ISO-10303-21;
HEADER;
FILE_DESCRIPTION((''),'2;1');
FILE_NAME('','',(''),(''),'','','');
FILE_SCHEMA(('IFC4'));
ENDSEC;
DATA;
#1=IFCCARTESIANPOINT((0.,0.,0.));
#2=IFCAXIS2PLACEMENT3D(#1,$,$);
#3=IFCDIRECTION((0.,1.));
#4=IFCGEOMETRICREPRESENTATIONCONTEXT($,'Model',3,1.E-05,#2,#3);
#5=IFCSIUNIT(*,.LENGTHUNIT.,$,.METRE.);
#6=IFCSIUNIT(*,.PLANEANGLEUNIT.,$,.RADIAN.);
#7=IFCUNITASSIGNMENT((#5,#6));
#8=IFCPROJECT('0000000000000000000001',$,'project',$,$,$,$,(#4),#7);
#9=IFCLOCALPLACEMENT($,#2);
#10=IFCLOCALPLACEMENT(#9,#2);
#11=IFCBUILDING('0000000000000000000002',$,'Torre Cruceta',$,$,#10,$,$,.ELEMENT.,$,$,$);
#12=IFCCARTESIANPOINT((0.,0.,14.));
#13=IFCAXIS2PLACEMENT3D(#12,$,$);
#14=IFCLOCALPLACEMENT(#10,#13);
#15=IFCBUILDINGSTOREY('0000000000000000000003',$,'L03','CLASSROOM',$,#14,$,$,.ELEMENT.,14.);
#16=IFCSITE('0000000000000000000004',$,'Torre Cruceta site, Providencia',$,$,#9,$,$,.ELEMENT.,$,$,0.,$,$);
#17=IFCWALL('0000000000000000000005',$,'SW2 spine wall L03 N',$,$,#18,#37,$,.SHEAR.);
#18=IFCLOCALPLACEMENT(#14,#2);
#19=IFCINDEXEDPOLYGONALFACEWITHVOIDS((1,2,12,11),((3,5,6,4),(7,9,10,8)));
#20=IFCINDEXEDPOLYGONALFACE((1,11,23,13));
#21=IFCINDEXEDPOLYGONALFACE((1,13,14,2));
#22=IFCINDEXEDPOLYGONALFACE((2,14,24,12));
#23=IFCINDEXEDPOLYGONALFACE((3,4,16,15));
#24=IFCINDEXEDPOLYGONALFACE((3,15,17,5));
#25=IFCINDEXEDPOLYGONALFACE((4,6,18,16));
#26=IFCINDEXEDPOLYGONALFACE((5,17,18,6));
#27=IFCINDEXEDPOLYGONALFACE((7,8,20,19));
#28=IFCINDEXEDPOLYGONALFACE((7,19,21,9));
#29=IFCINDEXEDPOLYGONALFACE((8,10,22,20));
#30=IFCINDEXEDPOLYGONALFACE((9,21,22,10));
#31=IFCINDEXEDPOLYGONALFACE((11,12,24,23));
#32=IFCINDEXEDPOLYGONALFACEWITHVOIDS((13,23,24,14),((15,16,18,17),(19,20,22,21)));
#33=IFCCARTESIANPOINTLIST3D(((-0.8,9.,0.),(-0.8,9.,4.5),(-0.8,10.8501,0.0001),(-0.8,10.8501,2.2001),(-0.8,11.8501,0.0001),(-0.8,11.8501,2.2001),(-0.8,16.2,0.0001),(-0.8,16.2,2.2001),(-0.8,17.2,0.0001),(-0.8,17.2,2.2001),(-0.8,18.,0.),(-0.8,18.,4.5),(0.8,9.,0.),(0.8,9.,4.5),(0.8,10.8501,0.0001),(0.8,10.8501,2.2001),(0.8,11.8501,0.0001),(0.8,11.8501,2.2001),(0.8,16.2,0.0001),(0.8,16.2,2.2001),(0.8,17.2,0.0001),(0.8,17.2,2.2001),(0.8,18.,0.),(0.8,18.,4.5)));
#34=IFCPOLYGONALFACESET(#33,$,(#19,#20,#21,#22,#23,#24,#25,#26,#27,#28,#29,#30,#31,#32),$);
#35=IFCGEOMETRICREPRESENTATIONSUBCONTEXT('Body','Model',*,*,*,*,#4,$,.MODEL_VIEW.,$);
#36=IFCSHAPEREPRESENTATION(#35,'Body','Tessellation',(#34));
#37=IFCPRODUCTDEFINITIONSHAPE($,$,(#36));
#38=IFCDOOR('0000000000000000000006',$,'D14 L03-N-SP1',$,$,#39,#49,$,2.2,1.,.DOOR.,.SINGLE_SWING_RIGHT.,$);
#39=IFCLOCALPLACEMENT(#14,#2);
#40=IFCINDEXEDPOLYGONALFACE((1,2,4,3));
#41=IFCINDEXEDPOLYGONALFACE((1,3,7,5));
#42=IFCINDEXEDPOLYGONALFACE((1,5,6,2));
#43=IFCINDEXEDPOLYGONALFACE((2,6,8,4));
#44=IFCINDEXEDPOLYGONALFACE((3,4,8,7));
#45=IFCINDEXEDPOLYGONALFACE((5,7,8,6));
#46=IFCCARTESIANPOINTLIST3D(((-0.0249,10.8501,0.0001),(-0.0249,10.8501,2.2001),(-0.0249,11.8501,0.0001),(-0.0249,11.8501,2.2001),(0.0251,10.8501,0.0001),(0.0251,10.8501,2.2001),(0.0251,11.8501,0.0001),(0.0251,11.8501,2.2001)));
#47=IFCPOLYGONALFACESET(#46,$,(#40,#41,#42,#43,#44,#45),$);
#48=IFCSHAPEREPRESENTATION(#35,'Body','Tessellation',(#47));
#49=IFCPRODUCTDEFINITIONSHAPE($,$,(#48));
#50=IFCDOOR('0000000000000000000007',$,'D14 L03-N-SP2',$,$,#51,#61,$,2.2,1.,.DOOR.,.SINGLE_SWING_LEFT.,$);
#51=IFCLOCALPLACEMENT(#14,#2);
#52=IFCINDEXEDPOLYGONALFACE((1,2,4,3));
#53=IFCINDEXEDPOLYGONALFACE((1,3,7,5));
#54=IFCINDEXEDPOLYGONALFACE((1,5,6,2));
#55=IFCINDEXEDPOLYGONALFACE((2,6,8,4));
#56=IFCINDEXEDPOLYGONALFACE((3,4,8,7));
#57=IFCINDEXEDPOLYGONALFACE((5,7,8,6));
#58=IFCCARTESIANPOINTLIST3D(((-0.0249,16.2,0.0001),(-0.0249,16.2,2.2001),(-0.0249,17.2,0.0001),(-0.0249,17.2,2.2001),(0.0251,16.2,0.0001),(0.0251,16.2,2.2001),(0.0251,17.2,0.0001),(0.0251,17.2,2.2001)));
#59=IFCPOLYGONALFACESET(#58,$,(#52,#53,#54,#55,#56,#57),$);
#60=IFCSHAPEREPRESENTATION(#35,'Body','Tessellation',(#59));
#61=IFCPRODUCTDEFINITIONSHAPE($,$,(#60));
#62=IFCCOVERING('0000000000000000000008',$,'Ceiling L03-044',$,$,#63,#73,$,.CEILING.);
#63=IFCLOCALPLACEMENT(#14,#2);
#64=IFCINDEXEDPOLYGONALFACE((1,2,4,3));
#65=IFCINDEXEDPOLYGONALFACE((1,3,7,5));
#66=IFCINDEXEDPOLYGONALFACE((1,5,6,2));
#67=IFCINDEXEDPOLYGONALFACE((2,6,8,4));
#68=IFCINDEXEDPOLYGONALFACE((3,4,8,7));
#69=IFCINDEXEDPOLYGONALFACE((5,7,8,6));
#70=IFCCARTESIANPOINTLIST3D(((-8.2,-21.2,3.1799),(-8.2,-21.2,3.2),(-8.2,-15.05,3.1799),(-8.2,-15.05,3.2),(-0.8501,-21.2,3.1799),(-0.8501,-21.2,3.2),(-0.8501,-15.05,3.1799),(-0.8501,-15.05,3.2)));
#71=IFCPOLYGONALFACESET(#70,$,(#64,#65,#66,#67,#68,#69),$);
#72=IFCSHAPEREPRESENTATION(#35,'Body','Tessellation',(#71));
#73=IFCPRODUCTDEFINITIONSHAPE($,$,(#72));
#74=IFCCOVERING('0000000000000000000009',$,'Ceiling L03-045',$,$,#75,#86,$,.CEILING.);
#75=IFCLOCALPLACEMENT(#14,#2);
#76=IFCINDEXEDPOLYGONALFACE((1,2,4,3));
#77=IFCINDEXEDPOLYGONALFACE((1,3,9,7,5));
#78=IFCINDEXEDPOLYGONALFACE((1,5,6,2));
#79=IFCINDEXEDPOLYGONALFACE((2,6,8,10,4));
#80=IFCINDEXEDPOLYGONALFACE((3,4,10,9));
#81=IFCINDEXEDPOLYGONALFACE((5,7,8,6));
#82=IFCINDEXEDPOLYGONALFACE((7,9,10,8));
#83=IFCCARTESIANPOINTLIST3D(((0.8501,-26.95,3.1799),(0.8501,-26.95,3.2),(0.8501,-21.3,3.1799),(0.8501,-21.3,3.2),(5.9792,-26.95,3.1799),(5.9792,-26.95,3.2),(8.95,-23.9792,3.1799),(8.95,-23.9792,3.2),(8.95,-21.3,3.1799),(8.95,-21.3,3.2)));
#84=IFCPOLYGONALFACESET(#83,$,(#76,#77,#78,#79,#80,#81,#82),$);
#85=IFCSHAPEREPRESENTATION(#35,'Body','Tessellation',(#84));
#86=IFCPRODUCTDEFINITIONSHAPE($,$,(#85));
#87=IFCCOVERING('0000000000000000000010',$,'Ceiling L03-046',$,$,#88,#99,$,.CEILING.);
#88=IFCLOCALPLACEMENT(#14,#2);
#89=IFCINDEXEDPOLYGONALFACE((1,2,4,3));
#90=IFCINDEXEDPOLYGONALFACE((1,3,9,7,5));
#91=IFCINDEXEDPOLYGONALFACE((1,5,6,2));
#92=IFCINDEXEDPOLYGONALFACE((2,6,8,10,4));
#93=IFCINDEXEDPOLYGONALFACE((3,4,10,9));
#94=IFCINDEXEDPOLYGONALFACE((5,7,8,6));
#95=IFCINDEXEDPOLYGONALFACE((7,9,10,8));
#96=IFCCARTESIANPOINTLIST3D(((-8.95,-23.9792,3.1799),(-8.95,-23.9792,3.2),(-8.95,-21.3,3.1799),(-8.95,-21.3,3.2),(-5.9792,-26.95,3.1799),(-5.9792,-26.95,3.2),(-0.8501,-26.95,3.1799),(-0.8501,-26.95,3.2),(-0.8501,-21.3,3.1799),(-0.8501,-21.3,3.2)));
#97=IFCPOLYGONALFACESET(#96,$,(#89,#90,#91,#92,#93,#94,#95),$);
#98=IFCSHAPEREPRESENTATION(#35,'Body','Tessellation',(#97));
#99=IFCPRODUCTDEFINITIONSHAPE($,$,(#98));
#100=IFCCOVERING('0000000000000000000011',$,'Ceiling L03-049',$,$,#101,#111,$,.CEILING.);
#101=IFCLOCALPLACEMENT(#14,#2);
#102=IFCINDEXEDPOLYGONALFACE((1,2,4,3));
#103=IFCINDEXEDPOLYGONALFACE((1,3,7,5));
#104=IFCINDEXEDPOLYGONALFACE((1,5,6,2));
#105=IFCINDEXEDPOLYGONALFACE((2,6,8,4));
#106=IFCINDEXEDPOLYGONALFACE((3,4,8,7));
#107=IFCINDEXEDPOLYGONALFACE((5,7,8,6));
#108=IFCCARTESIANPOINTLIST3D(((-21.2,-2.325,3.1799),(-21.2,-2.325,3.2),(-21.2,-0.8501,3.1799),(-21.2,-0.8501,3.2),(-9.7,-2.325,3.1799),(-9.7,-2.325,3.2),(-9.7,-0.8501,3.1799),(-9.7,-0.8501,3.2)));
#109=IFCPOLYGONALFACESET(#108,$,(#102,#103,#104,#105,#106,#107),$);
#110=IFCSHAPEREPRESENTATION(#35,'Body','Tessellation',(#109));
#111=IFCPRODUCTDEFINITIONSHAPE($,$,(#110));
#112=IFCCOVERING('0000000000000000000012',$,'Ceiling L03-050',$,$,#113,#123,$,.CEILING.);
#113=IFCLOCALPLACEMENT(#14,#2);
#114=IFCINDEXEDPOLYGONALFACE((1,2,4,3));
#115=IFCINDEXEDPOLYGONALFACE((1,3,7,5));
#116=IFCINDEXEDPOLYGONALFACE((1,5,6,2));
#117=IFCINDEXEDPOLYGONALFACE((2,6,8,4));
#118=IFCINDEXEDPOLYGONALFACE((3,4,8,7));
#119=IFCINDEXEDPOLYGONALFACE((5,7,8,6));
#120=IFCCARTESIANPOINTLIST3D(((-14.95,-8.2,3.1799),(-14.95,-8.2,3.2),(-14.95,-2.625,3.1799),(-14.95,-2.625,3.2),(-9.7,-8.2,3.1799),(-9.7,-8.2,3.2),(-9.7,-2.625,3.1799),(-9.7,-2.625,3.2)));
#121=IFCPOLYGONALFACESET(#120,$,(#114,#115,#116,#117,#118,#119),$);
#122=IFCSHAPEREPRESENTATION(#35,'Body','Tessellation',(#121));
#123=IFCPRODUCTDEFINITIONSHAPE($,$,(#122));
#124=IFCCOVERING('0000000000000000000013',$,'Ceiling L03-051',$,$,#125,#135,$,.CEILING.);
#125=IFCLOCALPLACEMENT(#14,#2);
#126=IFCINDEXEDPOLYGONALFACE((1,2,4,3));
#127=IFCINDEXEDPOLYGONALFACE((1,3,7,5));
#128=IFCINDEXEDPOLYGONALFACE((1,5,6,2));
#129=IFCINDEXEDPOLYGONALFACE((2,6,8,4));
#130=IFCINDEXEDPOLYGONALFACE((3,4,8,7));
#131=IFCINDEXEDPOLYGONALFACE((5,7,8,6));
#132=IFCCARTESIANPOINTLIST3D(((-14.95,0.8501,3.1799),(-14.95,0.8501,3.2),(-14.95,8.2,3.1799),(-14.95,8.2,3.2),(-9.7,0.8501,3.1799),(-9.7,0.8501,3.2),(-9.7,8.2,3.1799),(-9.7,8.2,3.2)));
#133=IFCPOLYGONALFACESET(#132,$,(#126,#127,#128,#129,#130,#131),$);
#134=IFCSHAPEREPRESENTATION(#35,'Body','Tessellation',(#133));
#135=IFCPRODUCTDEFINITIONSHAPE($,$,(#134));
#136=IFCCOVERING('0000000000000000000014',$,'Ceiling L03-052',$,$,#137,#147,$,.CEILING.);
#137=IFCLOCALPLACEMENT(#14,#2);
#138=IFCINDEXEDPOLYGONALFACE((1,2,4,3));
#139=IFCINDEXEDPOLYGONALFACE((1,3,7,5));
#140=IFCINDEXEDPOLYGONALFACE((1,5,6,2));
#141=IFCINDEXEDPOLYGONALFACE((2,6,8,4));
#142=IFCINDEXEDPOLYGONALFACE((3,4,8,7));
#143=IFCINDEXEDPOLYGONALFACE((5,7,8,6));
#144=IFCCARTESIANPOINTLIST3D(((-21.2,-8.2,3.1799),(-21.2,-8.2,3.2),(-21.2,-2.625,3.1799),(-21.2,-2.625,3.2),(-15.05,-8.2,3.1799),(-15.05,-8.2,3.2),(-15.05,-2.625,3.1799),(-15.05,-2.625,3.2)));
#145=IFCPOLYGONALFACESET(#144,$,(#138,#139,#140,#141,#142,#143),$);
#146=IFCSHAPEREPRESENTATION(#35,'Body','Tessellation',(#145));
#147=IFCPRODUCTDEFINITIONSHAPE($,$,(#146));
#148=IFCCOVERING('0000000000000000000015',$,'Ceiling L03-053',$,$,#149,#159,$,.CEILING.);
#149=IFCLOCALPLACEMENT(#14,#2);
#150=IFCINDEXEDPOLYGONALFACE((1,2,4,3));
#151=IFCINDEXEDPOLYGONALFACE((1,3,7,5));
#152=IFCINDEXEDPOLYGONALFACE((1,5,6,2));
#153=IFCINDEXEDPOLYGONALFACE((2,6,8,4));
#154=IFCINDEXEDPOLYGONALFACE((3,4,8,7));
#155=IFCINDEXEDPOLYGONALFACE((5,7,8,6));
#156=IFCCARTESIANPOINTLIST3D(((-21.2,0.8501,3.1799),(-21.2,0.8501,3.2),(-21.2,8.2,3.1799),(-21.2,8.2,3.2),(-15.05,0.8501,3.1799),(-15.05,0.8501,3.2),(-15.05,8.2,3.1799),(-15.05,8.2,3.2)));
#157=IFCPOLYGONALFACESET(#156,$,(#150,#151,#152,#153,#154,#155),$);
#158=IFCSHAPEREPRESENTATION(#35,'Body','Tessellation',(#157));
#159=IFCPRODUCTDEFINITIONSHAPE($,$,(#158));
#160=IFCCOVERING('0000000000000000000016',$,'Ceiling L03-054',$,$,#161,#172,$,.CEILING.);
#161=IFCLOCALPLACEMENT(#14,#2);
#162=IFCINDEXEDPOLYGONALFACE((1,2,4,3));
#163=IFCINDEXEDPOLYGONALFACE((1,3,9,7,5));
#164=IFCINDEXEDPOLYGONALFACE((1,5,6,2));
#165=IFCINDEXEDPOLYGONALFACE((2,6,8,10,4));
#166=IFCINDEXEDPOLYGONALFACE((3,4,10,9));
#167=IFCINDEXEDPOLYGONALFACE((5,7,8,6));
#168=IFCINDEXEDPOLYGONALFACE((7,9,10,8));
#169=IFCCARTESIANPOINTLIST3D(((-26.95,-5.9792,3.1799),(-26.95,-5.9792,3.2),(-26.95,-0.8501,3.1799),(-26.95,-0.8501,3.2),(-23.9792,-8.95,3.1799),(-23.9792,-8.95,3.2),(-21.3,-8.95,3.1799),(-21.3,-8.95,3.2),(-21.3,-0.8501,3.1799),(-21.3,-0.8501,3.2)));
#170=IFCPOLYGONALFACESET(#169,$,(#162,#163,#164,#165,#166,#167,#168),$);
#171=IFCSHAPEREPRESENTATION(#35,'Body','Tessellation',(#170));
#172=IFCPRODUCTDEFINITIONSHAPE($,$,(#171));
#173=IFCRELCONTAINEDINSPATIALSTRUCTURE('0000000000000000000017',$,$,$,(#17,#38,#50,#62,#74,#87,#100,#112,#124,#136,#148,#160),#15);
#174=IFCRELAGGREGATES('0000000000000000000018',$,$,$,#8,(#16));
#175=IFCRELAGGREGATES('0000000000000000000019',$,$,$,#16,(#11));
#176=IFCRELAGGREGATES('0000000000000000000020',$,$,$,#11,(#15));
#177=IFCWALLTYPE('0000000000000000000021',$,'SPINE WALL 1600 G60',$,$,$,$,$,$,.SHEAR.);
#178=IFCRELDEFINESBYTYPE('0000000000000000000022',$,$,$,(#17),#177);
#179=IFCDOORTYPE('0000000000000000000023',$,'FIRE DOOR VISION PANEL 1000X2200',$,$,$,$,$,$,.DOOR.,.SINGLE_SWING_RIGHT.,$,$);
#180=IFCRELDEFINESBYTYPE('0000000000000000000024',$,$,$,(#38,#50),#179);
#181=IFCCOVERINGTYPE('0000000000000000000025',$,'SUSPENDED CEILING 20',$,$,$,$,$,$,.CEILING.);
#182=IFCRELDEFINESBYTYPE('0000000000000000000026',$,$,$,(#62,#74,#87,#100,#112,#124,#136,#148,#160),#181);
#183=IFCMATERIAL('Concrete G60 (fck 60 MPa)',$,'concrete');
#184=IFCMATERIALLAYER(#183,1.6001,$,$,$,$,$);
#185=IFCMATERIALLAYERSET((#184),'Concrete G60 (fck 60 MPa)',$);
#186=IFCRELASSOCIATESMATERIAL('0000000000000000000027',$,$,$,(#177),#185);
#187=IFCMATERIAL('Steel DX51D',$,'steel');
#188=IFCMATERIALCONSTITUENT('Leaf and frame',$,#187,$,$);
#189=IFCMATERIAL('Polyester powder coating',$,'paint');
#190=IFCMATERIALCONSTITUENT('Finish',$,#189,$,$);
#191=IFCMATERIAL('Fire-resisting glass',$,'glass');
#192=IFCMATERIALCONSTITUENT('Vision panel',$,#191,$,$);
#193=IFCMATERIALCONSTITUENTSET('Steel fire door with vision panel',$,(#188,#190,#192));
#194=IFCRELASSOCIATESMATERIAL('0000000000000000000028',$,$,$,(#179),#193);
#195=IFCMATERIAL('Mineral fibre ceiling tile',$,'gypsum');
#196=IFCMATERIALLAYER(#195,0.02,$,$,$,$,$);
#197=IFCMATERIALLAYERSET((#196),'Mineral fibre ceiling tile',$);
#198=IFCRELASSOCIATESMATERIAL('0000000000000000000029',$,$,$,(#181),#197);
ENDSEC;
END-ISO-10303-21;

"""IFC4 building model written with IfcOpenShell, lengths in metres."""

from ifc_helpers import new_model, si_unit, direction, frame, frame_2d, origin, place, context, subcontext, project, spatial, polyline, rectangle, outline, extrude, material, layer, layer_set, constituent, constituent_set, type_object, element, fill, save


model = new_model("IFC4")

# Units and contexts
model_context = context("Model", 3, precision=1e-05, world=origin(), true_north=direction((0.0, 1.0)))
body_context = subcontext(model_context, "Body", "Model", "MODEL_VIEW")
ifc_project = project(units=[si_unit("LENGTHUNIT", "METRE"), si_unit("PLANEANGLEUNIT", "RADIAN")], contexts=[model_context])

# Site, building, storey
site_placement = place(None, origin())
site = spatial("IfcSite", under=ifc_project, at=site_placement, Name="Torre Cruceta site, Providencia", CompositionType="ELEMENT", RefElevation=0.0)
building_placement = place(site_placement, origin())
building = spatial("IfcBuilding", under=site, at=building_placement, Name="Torre Cruceta", CompositionType="ELEMENT")
storey_placement = place(building_placement, frame((0.0, 0.0, 14.0)))
storey = spatial("IfcBuildingStorey", under=building, at=storey_placement, Name="L03", Description="CLASSROOM", CompositionType="ELEMENT", Elevation=14.0)

# Wall, openings, doors
ifc_material_1 = material(Name="Concrete G60 (fck 60 MPa)", Category="concrete")
ifc_layer_1 = layer(ifc_material_1, 1.6001)
ifc_layer_set_1 = layer_set([ifc_layer_1], Name="Concrete G60 (fck 60 MPa)")
wall_type_1 = type_object("IfcWallType", Name="SPINE WALL 1600 G60", PredefinedType="SHEAR", material=ifc_layer_set_1)
wall_1_placement = place(storey_placement, frame((0.0, 9.0, 0.0), z_axis=(0.0, 0.0, 1.0), x_axis=(0.0, 1.0, 0.0)))
wall_1 = element("IfcWall", 1, at=wall_1_placement, inside=storey, type_object=wall_type_1, Name="SW2 spine wall L03 N", PredefinedType="SHEAR", context=body_context, shape_type="SweptSolid", body=[
    extrude(rectangle(XDim=9.0, YDim=1.6001, at=frame_2d((4.5, 0.0))), origin(), (0.0, 0.0, 1.0), 4.5),
])
opening_1_placement = place(wall_1_placement, frame((1.8501, 0.0, 0.0)))
opening_1 = element("IfcOpeningElement", 2, at=opening_1_placement, cuts=wall_1, PredefinedType="OPENING", context=body_context, shape_type="SweptSolid", body=[
    extrude(rectangle(XDim=1.0, YDim=2.2, at=frame_2d((0.5, 1.1001))), frame((0.0, 0.8101, 0.0), z_axis=(0.0, -1.0, 0.0), x_axis=(1.0, 0.0, 0.0)), (0.0, 0.0, 1.0), 1.6201),
])
opening_2_placement = place(wall_1_placement, frame((7.2, 0.0, 0.0)))
opening_2 = element("IfcOpeningElement", 3, at=opening_2_placement, cuts=wall_1, PredefinedType="OPENING", context=body_context, shape_type="SweptSolid", body=[
    extrude(rectangle(XDim=1.0, YDim=2.2, at=frame_2d((0.5, 1.1001))), frame((0.0, 0.8101, 0.0), z_axis=(0.0, -1.0, 0.0), x_axis=(1.0, 0.0, 0.0)), (0.0, 0.0, 1.0), 1.6201),
])
ifc_material_2 = material(Name="Steel DX51D", Category="steel")
ifc_constituent_1 = constituent(ifc_material_2, Name="Leaf and frame")
ifc_material_3 = material(Name="Polyester powder coating", Category="paint")
ifc_constituent_2 = constituent(ifc_material_3, Name="Finish")
ifc_material_4 = material(Name="Fire-resisting glass", Category="glass")
ifc_constituent_3 = constituent(ifc_material_4, Name="Vision panel")
ifc_constituent_set_1 = constituent_set(constituents=[ifc_constituent_1, ifc_constituent_2, ifc_constituent_3], Name="Steel fire door with vision panel")
door_type_1 = type_object("IfcDoorType", Name="FIRE DOOR VISION PANEL 1000X2200", OperationType="SINGLE_SWING_RIGHT", PredefinedType="DOOR", material=ifc_constituent_set_1)
door_1_placement = place(opening_1_placement, frame((1.0, 0.0, 0.0), z_axis=(0.0, 0.0, 1.0), x_axis=(-1.0, 0.0, 0.0)))
door_1 = element("IfcDoor", 4, at=door_1_placement, inside=storey, type_object=door_type_1, Name="D14 L03-N-SP1", OperationType="SINGLE_SWING_RIGHT", OverallHeight=2.2, OverallWidth=1.0, PredefinedType="DOOR", context=body_context, shape_type="SweptSolid", body=[
    extrude(rectangle(XDim=1.0, YDim=2.2, at=frame_2d((0.5, 1.1001))), frame((0.0, 0.0251, 0.0), z_axis=(0.0, -1.0, 0.0), x_axis=(1.0, 0.0, 0.0)), (0.0, 0.0, 1.0), 0.05),
])
fill(opening_1, door_1)
door_2_placement = place(opening_2_placement, frame((1.0, 0.0, 0.0), z_axis=(0.0, 0.0, 1.0), x_axis=(-1.0, 0.0, 0.0)))
door_2 = element("IfcDoor", 5, at=door_2_placement, inside=storey, type_object=door_type_1, Name="D14 L03-N-SP2", OperationType="SINGLE_SWING_LEFT", OverallHeight=2.2, OverallWidth=1.0, PredefinedType="DOOR", context=body_context, shape_type="SweptSolid", body=[
    extrude(rectangle(XDim=1.0, YDim=2.2, at=frame_2d((0.5, 1.1001))), frame((0.0, 0.0251, 0.0), z_axis=(0.0, -1.0, 0.0), x_axis=(1.0, 0.0, 0.0)), (0.0, 0.0, 1.0), 0.05),
])
fill(opening_2, door_2)

# Coverings
ifc_material_5 = material(Name="Mineral fibre ceiling tile", Category="gypsum")
ifc_layer_2 = layer(ifc_material_5, 0.02)
ifc_layer_set_2 = layer_set([ifc_layer_2], Name="Mineral fibre ceiling tile")
covering_type = type_object("IfcCoveringType", Name="SUSPENDED CEILING 20", PredefinedType="CEILING", material=ifc_layer_set_2)
covering_1_placement = place(storey_placement, frame((0.0, 0.0, 3.1799)))
element("IfcCovering", 6, at=covering_1_placement, inside=storey, type_object=covering_type, Name="Ceiling L03-044", PredefinedType="CEILING", context=body_context, shape_type="SweptSolid", body=[
    extrude(outline(polyline([(-8.2, -15.05), (-0.8501, -15.05), (-0.8501, -21.2), (-8.2, -21.2), (-8.2, -15.05)])), origin(), (0.0, 0.0, 1.0), 0.02),
])
covering_2_placement = place(storey_placement, frame((0.0, 0.0, 3.1799)))
element("IfcCovering", 7, at=covering_2_placement, inside=storey, type_object=covering_type, Name="Ceiling L03-045", PredefinedType="CEILING", context=body_context, shape_type="SweptSolid", body=[
    extrude(outline(polyline([(8.95, -21.3), (8.95, -23.9792), (5.9792, -26.95), (0.8501, -26.95), (0.8501, -21.3), (8.95, -21.3)])), origin(), (0.0, 0.0, 1.0), 0.02),
])
covering_3_placement = place(storey_placement, frame((0.0, 0.0, 3.1799)))
element("IfcCovering", 8, at=covering_3_placement, inside=storey, type_object=covering_type, Name="Ceiling L03-046", PredefinedType="CEILING", context=body_context, shape_type="SweptSolid", body=[
    extrude(outline(polyline([(-5.9792, -26.95), (-8.95, -23.9792), (-8.95, -21.3), (-0.8501, -21.3), (-0.8501, -26.95), (-5.9792, -26.95)])), origin(), (0.0, 0.0, 1.0), 0.02),
])
covering_4_placement = place(storey_placement, frame((0.0, 0.0, 3.1799)))
element("IfcCovering", 9, at=covering_4_placement, inside=storey, type_object=covering_type, Name="Ceiling L03-049", PredefinedType="CEILING", context=body_context, shape_type="SweptSolid", body=[
    extrude(outline(polyline([(-9.7, -0.8501), (-9.7, -2.325), (-21.2, -2.325), (-21.2, -0.8501), (-9.7, -0.8501)])), origin(), (0.0, 0.0, 1.0), 0.02),
])
covering_5_placement = place(storey_placement, frame((0.0, 0.0, 3.1799)))
element("IfcCovering", 10, at=covering_5_placement, inside=storey, type_object=covering_type, Name="Ceiling L03-050", PredefinedType="CEILING", context=body_context, shape_type="SweptSolid", body=[
    extrude(outline(polyline([(-9.7, -2.625), (-9.7, -8.2), (-14.95, -8.2), (-14.95, -2.625), (-9.7, -2.625)])), origin(), (0.0, 0.0, 1.0), 0.02),
])
covering_6_placement = place(storey_placement, frame((0.0, 0.0, 3.1799)))
element("IfcCovering", 11, at=covering_6_placement, inside=storey, type_object=covering_type, Name="Ceiling L03-051", PredefinedType="CEILING", context=body_context, shape_type="SweptSolid", body=[
    extrude(outline(polyline([(-9.7, 8.2), (-9.7, 0.8501), (-14.95, 0.8501), (-14.95, 8.2), (-9.7, 8.2)])), origin(), (0.0, 0.0, 1.0), 0.02),
])
covering_7_placement = place(storey_placement, frame((0.0, 0.0, 3.1799)))
element("IfcCovering", 12, at=covering_7_placement, inside=storey, type_object=covering_type, Name="Ceiling L03-052", PredefinedType="CEILING", context=body_context, shape_type="SweptSolid", body=[
    extrude(outline(polyline([(-15.05, -2.625), (-15.05, -8.2), (-21.2, -8.2), (-21.2, -2.625), (-15.05, -2.625)])), origin(), (0.0, 0.0, 1.0), 0.02),
])
covering_8_placement = place(storey_placement, frame((0.0, 0.0, 3.1799)))
element("IfcCovering", 13, at=covering_8_placement, inside=storey, type_object=covering_type, Name="Ceiling L03-053", PredefinedType="CEILING", context=body_context, shape_type="SweptSolid", body=[
    extrude(outline(polyline([(-15.05, 8.2), (-15.05, 0.8501), (-21.2, 0.8501), (-21.2, 8.2), (-15.05, 8.2)])), origin(), (0.0, 0.0, 1.0), 0.02),
])
covering_9_placement = place(storey_placement, frame((0.0, 0.0, 3.1799)))
element("IfcCovering", 14, at=covering_9_placement, inside=storey, type_object=covering_type, Name="Ceiling L03-054", PredefinedType="CEILING", context=body_context, shape_type="SweptSolid", body=[
    extrude(outline(polyline([(-21.3, -8.95), (-23.9792, -8.95), (-26.95, -5.9792), (-26.95, -0.8501), (-21.3, -0.8501), (-21.3, -8.95)])), origin(), (0.0, 0.0, 1.0), 0.02),
])

save(model, "model.ifc")
